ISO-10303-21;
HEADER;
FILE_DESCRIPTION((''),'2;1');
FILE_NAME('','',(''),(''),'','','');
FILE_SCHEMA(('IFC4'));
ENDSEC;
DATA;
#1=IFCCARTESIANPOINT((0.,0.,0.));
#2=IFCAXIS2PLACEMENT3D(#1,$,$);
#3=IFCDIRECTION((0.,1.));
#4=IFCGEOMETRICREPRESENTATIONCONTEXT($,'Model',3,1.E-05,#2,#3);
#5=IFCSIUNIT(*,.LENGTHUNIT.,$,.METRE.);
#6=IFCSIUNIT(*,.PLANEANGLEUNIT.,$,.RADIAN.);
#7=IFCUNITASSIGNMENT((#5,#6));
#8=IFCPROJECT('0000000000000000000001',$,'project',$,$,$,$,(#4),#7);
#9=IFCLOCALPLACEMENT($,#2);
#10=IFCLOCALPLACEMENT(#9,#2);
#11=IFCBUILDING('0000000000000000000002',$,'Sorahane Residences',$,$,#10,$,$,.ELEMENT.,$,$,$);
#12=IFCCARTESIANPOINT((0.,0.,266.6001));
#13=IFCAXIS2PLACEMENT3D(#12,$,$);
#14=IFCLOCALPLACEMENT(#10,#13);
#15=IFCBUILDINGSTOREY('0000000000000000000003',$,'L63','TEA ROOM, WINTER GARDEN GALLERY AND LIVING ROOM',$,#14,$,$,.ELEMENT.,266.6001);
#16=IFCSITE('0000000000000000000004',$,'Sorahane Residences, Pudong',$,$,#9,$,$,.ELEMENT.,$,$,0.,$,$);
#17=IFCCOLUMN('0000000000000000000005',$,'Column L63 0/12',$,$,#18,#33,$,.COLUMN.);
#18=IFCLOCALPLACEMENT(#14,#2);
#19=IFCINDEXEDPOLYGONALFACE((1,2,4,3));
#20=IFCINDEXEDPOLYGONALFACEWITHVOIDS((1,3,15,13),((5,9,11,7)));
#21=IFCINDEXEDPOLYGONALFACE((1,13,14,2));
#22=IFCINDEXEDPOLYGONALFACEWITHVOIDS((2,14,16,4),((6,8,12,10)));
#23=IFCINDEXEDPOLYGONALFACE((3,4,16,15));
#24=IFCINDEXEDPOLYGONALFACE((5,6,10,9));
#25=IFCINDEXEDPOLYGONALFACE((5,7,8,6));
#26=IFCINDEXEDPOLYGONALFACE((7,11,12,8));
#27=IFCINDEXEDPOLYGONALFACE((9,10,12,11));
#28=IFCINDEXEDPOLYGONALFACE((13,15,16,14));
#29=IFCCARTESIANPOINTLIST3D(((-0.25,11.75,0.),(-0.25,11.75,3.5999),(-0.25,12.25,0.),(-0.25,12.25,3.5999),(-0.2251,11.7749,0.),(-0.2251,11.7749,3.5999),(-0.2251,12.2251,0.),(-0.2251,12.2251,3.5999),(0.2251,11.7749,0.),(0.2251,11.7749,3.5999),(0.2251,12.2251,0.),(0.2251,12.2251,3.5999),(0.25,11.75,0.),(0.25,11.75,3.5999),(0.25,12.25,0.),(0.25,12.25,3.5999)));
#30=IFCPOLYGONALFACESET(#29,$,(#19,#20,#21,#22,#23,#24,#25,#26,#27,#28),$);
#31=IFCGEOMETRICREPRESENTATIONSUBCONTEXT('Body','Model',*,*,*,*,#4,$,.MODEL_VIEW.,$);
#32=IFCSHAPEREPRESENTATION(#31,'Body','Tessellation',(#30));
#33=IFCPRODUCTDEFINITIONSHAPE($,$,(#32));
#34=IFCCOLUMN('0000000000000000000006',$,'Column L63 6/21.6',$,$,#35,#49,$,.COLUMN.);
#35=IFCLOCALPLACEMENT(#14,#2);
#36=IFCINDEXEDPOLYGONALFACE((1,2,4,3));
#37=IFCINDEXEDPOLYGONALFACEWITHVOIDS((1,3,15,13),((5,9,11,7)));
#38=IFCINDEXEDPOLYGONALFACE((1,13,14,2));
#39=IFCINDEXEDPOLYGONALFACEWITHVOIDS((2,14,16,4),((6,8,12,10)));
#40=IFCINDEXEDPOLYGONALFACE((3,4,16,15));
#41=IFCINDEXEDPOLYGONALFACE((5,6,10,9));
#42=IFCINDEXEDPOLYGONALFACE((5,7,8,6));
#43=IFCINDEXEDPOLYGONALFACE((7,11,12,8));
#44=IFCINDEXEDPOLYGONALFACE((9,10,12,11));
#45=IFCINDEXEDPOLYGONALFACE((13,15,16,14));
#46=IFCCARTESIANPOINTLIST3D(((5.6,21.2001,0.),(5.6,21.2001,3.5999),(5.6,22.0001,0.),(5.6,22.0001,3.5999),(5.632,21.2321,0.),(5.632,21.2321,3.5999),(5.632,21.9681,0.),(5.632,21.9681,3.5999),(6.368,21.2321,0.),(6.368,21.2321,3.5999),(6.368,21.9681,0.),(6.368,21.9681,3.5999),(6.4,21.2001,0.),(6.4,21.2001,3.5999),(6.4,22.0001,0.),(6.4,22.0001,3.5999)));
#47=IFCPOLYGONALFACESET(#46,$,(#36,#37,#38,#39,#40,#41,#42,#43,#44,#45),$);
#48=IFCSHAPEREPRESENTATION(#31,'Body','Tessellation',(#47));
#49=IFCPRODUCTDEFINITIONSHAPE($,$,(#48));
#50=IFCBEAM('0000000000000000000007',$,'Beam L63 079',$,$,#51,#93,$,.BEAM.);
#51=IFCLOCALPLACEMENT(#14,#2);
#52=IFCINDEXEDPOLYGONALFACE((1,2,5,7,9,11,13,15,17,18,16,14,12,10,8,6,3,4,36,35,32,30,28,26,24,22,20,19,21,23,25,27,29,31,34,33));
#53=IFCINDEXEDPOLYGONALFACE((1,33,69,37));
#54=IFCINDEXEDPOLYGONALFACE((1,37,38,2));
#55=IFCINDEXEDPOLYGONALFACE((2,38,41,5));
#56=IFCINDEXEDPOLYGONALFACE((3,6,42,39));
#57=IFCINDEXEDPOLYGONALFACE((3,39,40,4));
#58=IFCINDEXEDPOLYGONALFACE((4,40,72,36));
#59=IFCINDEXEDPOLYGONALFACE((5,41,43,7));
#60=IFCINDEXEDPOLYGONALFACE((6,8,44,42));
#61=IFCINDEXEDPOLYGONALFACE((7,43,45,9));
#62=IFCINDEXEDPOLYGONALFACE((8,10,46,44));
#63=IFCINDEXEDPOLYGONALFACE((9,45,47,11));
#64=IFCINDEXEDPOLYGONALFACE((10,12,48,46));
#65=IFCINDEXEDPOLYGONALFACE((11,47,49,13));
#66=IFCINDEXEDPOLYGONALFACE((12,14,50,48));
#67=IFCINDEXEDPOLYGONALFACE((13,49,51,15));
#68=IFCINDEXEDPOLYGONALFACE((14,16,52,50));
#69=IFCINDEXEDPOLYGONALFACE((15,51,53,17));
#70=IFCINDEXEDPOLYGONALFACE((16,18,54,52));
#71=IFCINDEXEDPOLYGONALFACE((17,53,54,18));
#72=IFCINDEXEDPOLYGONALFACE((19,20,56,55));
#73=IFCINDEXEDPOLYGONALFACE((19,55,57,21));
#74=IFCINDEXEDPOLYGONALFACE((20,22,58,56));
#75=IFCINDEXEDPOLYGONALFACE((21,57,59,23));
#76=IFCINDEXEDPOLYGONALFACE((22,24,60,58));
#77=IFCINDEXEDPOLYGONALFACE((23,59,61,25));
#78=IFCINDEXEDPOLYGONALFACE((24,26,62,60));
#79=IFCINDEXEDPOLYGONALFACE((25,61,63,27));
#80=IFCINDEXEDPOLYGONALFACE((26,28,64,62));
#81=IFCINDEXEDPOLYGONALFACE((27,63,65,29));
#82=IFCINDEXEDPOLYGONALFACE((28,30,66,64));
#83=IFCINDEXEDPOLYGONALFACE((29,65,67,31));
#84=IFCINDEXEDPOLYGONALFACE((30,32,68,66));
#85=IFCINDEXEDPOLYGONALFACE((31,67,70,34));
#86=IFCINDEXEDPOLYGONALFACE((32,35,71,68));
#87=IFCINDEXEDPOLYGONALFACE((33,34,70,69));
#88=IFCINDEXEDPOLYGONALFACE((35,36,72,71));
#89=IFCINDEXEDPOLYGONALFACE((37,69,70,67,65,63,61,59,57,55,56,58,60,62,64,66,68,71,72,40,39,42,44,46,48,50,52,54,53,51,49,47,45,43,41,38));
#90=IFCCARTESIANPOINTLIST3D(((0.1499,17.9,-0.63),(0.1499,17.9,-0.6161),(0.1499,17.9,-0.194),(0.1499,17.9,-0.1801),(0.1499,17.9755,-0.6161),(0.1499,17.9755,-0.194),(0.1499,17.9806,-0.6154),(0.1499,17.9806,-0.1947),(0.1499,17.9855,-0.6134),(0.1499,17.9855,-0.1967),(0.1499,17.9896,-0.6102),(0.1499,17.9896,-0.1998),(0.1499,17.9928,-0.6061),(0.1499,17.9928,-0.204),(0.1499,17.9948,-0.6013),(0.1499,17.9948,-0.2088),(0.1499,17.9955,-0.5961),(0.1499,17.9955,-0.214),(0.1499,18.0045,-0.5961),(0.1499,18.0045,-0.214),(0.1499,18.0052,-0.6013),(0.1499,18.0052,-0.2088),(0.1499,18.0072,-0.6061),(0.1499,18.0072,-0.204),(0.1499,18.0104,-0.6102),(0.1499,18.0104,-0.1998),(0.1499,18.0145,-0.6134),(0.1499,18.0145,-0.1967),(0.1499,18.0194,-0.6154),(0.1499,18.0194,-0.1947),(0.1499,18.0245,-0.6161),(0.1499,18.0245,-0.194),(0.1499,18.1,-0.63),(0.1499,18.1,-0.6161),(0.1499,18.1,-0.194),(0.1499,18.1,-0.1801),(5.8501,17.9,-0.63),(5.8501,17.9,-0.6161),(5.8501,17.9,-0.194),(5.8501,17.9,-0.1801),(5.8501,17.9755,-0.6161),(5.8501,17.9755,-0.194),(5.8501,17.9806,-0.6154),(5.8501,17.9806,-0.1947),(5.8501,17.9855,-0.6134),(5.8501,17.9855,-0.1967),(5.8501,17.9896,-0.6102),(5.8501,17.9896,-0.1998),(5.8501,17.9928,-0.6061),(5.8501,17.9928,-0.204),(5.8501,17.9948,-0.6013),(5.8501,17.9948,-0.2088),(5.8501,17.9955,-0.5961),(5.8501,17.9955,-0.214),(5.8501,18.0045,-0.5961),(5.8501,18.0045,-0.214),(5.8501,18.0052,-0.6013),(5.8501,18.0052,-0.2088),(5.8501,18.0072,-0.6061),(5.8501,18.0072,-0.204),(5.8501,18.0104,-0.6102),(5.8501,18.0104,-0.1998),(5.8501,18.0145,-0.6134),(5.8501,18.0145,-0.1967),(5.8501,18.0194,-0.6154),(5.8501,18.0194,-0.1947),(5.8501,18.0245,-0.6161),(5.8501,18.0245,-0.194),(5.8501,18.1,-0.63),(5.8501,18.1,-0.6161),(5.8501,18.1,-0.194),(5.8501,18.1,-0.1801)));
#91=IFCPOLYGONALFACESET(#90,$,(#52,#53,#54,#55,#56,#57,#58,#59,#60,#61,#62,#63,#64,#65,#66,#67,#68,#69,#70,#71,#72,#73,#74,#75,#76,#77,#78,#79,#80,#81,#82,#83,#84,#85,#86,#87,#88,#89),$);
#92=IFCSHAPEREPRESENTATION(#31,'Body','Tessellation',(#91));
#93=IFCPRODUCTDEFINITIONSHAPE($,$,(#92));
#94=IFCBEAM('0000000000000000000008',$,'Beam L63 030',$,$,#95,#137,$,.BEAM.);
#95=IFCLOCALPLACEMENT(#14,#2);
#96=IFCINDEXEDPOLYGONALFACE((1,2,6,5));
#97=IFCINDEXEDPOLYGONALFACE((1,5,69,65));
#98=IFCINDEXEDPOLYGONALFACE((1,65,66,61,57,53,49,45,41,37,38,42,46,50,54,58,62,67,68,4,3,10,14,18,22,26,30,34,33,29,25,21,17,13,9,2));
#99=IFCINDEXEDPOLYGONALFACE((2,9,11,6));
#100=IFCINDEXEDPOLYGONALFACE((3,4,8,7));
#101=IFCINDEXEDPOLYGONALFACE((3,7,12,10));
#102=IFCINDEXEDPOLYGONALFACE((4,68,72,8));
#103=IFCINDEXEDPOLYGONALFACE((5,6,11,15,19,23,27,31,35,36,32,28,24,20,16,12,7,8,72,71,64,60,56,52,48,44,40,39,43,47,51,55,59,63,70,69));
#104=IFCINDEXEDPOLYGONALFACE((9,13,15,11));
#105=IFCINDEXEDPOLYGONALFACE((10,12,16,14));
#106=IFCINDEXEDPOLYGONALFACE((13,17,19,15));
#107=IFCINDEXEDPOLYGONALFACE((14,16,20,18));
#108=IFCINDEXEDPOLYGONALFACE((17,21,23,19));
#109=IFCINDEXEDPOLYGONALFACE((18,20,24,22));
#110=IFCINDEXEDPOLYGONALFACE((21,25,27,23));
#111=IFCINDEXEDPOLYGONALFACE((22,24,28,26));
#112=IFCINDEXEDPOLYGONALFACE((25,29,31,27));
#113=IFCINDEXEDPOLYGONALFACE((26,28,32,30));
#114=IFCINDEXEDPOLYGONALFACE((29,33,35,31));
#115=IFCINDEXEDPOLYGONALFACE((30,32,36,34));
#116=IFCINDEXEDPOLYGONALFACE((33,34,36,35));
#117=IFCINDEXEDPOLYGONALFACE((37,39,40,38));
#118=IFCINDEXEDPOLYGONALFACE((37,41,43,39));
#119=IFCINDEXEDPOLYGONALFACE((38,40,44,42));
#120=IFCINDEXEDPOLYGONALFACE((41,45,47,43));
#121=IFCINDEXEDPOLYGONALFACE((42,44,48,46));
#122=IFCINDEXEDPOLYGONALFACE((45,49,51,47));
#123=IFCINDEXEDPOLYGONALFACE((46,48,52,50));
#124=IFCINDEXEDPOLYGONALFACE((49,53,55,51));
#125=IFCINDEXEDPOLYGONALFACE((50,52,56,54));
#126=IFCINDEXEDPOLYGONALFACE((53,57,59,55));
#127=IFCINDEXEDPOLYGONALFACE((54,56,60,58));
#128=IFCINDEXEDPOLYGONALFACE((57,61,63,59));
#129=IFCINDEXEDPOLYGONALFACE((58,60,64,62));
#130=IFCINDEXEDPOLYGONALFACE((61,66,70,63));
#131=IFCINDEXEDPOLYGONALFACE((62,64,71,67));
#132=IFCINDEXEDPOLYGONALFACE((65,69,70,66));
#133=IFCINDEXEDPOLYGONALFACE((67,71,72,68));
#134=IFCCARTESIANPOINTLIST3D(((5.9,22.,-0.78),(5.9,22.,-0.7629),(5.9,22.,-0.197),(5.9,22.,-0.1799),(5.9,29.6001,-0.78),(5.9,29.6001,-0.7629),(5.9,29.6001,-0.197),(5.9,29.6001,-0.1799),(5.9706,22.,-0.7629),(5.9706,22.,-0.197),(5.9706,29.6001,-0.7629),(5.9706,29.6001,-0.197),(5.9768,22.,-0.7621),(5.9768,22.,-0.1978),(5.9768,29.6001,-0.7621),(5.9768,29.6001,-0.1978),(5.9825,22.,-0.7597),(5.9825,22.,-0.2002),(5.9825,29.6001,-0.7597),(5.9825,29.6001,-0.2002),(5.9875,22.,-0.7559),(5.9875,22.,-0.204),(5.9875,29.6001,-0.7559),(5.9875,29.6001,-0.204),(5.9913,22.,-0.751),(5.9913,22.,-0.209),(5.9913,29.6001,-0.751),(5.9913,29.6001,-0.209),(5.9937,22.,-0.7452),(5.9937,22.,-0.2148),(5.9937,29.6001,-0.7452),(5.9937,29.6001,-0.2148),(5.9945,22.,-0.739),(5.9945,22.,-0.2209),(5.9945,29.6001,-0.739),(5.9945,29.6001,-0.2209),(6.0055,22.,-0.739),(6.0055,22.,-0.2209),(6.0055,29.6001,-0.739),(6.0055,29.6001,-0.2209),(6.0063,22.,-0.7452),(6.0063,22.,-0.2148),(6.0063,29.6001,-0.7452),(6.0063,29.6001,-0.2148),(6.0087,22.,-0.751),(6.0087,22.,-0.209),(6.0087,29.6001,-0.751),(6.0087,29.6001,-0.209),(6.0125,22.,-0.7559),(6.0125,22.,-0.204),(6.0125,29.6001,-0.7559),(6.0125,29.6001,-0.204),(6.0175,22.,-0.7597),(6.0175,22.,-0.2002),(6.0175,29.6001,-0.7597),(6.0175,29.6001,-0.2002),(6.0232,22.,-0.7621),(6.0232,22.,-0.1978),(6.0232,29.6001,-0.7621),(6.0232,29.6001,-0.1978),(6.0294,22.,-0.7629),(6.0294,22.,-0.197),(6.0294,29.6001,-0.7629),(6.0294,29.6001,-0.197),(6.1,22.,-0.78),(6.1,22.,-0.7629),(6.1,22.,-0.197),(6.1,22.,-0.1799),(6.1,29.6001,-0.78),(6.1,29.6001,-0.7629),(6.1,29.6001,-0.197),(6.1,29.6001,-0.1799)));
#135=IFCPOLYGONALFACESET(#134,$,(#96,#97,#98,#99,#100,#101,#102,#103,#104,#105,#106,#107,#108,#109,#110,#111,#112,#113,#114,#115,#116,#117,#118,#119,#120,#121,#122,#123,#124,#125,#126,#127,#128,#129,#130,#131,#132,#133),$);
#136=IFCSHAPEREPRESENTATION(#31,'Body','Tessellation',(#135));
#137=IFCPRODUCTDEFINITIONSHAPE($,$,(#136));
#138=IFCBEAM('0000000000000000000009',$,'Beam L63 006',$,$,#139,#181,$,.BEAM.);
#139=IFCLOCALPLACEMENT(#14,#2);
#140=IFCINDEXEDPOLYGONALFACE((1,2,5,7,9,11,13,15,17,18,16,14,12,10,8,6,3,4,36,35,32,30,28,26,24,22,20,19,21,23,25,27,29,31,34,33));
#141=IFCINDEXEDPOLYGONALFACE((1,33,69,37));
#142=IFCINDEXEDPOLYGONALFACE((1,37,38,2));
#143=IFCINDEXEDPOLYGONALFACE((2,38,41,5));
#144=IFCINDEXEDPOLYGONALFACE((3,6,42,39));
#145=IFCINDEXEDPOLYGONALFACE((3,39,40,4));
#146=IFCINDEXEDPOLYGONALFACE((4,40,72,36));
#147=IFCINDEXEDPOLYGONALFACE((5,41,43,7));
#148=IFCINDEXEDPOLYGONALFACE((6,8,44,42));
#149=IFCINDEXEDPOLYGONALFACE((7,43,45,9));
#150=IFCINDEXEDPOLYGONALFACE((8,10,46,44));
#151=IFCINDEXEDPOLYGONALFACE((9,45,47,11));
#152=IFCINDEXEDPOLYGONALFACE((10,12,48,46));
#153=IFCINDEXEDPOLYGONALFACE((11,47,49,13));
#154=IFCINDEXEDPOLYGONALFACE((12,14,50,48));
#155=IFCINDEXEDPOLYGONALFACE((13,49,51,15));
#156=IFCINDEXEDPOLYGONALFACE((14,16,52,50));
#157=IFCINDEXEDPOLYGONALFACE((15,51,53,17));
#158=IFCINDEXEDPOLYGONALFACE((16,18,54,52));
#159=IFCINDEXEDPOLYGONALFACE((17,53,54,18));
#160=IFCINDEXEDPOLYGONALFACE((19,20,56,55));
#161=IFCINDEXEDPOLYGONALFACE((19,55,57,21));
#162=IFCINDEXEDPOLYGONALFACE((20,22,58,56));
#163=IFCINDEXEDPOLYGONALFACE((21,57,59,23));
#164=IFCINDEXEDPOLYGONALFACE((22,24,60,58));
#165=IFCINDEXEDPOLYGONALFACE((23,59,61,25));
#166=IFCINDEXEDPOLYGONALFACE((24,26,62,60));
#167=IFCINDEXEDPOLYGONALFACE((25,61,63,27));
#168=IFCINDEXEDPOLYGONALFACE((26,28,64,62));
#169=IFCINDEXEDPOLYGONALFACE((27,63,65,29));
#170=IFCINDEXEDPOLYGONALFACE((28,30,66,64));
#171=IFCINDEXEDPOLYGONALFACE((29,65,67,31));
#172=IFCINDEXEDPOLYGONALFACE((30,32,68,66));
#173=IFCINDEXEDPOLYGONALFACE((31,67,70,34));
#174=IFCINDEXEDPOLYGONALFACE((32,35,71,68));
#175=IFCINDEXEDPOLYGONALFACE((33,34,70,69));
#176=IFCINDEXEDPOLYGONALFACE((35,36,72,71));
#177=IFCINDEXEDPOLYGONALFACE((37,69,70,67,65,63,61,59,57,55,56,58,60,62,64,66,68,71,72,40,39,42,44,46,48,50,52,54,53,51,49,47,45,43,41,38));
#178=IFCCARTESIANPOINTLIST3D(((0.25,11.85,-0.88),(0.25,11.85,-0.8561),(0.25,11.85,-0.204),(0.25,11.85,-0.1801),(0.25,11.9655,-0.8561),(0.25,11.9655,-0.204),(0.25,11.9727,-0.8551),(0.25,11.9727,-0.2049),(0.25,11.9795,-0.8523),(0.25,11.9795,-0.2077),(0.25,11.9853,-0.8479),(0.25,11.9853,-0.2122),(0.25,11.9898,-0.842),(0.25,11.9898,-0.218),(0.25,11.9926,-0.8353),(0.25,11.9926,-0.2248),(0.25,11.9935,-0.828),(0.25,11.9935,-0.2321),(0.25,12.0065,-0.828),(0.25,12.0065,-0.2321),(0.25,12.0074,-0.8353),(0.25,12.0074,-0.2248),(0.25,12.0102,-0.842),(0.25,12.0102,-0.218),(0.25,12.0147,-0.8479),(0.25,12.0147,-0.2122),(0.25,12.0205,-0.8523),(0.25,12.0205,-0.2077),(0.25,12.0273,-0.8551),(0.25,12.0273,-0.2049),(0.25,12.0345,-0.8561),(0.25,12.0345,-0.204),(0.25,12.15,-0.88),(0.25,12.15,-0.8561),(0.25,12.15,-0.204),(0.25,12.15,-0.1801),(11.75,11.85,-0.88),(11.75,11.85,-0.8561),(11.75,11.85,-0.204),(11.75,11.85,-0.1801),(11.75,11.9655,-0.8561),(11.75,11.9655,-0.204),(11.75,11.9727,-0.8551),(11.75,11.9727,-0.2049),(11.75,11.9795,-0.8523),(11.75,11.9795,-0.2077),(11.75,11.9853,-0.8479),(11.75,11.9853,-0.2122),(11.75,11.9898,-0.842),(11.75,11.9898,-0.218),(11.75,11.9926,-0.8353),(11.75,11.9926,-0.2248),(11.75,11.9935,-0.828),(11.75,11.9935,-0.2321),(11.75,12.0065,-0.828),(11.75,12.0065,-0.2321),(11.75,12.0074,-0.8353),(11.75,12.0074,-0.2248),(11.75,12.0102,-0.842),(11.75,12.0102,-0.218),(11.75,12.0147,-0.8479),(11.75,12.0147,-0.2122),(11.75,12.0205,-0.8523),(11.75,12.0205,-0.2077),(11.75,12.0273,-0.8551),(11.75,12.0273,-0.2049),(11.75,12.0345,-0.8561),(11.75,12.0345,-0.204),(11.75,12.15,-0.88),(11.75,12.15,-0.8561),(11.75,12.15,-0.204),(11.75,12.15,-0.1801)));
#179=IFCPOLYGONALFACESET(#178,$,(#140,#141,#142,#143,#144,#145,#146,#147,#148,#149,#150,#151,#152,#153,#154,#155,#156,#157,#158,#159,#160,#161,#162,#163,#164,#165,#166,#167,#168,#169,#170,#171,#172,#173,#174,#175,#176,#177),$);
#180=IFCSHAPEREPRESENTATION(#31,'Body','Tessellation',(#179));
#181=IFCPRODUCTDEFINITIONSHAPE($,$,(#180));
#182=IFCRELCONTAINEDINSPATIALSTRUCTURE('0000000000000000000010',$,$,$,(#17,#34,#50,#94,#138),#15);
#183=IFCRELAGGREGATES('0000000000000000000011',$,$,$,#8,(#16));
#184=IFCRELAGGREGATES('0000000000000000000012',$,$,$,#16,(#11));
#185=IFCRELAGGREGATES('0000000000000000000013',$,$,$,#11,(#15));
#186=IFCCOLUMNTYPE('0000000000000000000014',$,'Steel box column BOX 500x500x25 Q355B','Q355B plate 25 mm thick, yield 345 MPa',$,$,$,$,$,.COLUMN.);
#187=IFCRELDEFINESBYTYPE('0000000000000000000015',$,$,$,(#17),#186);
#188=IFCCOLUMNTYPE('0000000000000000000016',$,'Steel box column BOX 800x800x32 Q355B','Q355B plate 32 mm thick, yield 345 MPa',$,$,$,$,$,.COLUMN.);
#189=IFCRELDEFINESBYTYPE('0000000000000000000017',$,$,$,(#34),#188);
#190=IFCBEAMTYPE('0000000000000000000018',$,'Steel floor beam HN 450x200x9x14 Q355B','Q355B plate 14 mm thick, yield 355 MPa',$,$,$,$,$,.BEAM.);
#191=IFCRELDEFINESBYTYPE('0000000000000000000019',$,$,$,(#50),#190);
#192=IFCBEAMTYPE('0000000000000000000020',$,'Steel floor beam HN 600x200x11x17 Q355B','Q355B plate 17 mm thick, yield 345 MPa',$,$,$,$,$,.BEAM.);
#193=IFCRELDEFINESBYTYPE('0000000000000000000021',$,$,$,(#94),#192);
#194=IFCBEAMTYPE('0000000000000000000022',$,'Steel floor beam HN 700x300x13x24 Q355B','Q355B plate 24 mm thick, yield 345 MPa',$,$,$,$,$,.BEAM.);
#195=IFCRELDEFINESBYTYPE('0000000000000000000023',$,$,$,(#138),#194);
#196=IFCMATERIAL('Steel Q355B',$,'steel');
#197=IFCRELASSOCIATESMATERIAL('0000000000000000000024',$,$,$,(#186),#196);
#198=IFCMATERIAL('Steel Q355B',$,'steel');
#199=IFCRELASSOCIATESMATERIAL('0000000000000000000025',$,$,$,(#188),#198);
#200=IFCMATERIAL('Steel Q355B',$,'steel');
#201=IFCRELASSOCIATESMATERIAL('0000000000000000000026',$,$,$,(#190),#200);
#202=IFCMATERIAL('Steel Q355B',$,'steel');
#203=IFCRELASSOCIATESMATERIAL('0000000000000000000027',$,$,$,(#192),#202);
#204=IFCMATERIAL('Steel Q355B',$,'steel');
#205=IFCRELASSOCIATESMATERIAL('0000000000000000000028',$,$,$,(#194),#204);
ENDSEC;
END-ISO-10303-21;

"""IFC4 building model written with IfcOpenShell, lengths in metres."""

from ifc_helpers import new_model, si_unit, direction, frame, origin, origin_2d, place, context, subcontext, project, spatial, hollow_rectangle, i_section, extrude, material, material_profile, profile_set, type_object, element, save


model = new_model("IFC4")

# Units and contexts
model_context = context("Model", 3, precision=1e-05, world=origin(), true_north=direction((0.0, 1.0)))
body_context = subcontext(model_context, "Body", "Model", "MODEL_VIEW")
ifc_project = project(units=[si_unit("LENGTHUNIT", "METRE"), si_unit("PLANEANGLEUNIT", "RADIAN")], contexts=[model_context])

# Site, building, storey
site_placement = place(None, origin())
site = spatial("IfcSite", under=ifc_project, at=site_placement, Name="Sorahane Residences, Pudong", CompositionType="ELEMENT", RefElevation=0.0)
building_placement = place(site_placement, origin())
building = spatial("IfcBuilding", under=site, at=building_placement, Name="Sorahane Residences", CompositionType="ELEMENT")
storey_placement = place(building_placement, frame((0.0, 0.0, 266.6001)))
storey = spatial("IfcBuildingStorey", under=building, at=storey_placement, Name="L63", Description="TEA ROOM, WINTER GARDEN GALLERY AND LIVING ROOM", CompositionType="ELEMENT", Elevation=266.6001)

# Columns
ifc_material_1 = material(Name="Steel Q355B", Category="steel")
ifc_material_profile_1 = material_profile(ifc_material_1, hollow_rectangle(XDim=0.5, YDim=0.5, WallThickness=0.0249, at=origin_2d()), Name="BOX 500x500x25")
ifc_profile_set_1 = profile_set([ifc_material_profile_1], Name="Steel Q355B")
column_type_1 = type_object("IfcColumnType", Name="Steel box column BOX 500x500x25 Q355B", Description="Q355B plate 25 mm thick, yield 345 MPa", PredefinedType="COLUMN", material=ifc_profile_set_1)
column_1_placement = place(storey_placement, frame((0.0, 12.0, 0.0), z_axis=(0.0, 0.0, 1.0), x_axis=(1.0, 0.0, 0.0)))
element("IfcColumn", 1, at=column_1_placement, inside=storey, type_object=column_type_1, Name="Column L63 0/12", PredefinedType="COLUMN", context=body_context, shape_type="SweptSolid", body=[
    extrude(hollow_rectangle(XDim=0.5, YDim=0.5, WallThickness=0.0249, at=origin_2d()), origin(), (0.0, 0.0, 1.0), 3.5999),
])
ifc_material_2 = material(Name="Steel Q355B", Category="steel")
ifc_material_profile_2 = material_profile(ifc_material_2, hollow_rectangle(XDim=0.8, YDim=0.8, WallThickness=0.032, at=origin_2d()), Name="BOX 800x800x32")
ifc_profile_set_2 = profile_set([ifc_material_profile_2], Name="Steel Q355B")
column_type_2 = type_object("IfcColumnType", Name="Steel box column BOX 800x800x32 Q355B", Description="Q355B plate 32 mm thick, yield 345 MPa", PredefinedType="COLUMN", material=ifc_profile_set_2)
column_2_placement = place(storey_placement, frame((6.0, 21.6001, 0.0), z_axis=(0.0, 0.0, 1.0), x_axis=(1.0, 0.0, 0.0)))
element("IfcColumn", 2, at=column_2_placement, inside=storey, type_object=column_type_2, Name="Column L63 6/21.6", PredefinedType="COLUMN", context=body_context, shape_type="SweptSolid", body=[
    extrude(hollow_rectangle(XDim=0.8, YDim=0.8, WallThickness=0.032, at=origin_2d()), origin(), (0.0, 0.0, 1.0), 3.5999),
])

# Beams
ifc_material_3 = material(Name="Steel Q355B", Category="steel")
ifc_material_profile_3 = material_profile(ifc_material_3, i_section(OverallWidth=0.2, OverallDepth=0.45, WebThickness=0.009, FlangeThickness=0.0139, FilletRadius=0.02, at=origin_2d()), Name="HN 450x200x9x14")
ifc_profile_set_3 = profile_set([ifc_material_profile_3], Name="Steel Q355B")
beam_type_1 = type_object("IfcBeamType", Name="Steel floor beam HN 450x200x9x14 Q355B", Description="Q355B plate 14 mm thick, yield 355 MPa", PredefinedType="BEAM", material=ifc_profile_set_3)
beam_1_placement = place(storey_placement, frame((0.1499, 18.0, -0.405), z_axis=(1.0, 0.0, 0.0), x_axis=(0.0, 1.0, 0.0)))
element("IfcBeam", 3, at=beam_1_placement, inside=storey, type_object=beam_type_1, Name="Beam L63 079", PredefinedType="BEAM", context=body_context, shape_type="SweptSolid", body=[
    extrude(i_section(OverallWidth=0.2, OverallDepth=0.45, WebThickness=0.009, FlangeThickness=0.0139, FilletRadius=0.02, at=origin_2d()), origin(), (0.0, 0.0, 1.0), 5.7002),
])
ifc_material_4 = material(Name="Steel Q355B", Category="steel")
ifc_material_profile_4 = material_profile(ifc_material_4, i_section(OverallWidth=0.2, OverallDepth=0.6001, WebThickness=0.011, FlangeThickness=0.0171, FilletRadius=0.0239, at=origin_2d()), Name="HN 600x200x11x17")
ifc_profile_set_4 = profile_set([ifc_material_profile_4], Name="Steel Q355B")
beam_type_2 = type_object("IfcBeamType", Name="Steel floor beam HN 600x200x11x17 Q355B", Description="Q355B plate 17 mm thick, yield 345 MPa", PredefinedType="BEAM", material=ifc_profile_set_4)
beam_2_placement = place(storey_placement, frame((6.0, 22.0, -0.48), z_axis=(0.0, 1.0, 0.0), x_axis=(-1.0, 0.0, 0.0)))
element("IfcBeam", 4, at=beam_2_placement, inside=storey, type_object=beam_type_2, Name="Beam L63 030", PredefinedType="BEAM", context=body_context, shape_type="SweptSolid", body=[
    extrude(i_section(OverallWidth=0.2, OverallDepth=0.6001, WebThickness=0.011, FlangeThickness=0.0171, FilletRadius=0.0239, at=origin_2d()), origin(), (0.0, 0.0, 1.0), 7.6001),
])
ifc_material_5 = material(Name="Steel Q355B", Category="steel")
ifc_material_profile_5 = material_profile(ifc_material_5, i_section(OverallWidth=0.3, OverallDepth=0.7, WebThickness=0.0129, FlangeThickness=0.0239, FilletRadius=0.0281, at=origin_2d()), Name="HN 700x300x13x24")
ifc_profile_set_5 = profile_set([ifc_material_profile_5], Name="Steel Q355B")
beam_type_3 = type_object("IfcBeamType", Name="Steel floor beam HN 700x300x13x24 Q355B", Description="Q355B plate 24 mm thick, yield 345 MPa", PredefinedType="BEAM", material=ifc_profile_set_5)
for number, where, z_axis, x_axis, name in (
    (5, (0.25, 12.0, -0.53), (1.0, 0.0, 0.0), (0.0, 1.0, 0.0), "Beam L63 006"),
):
    element("IfcBeam", number, at=place(storey_placement, frame(where, z_axis=z_axis, x_axis=x_axis)), inside=storey, type_object=beam_type_3, Name=name, PredefinedType="BEAM", context=body_context, shape_type="SweptSolid", body=[
        extrude(i_section(OverallWidth=0.3, OverallDepth=0.7, WebThickness=0.0129, FlangeThickness=0.0239, FilletRadius=0.0281, at=origin_2d()), origin(), (0.0, 0.0, 1.0), 11.5),
    ])

save(model, "model.ifc")
